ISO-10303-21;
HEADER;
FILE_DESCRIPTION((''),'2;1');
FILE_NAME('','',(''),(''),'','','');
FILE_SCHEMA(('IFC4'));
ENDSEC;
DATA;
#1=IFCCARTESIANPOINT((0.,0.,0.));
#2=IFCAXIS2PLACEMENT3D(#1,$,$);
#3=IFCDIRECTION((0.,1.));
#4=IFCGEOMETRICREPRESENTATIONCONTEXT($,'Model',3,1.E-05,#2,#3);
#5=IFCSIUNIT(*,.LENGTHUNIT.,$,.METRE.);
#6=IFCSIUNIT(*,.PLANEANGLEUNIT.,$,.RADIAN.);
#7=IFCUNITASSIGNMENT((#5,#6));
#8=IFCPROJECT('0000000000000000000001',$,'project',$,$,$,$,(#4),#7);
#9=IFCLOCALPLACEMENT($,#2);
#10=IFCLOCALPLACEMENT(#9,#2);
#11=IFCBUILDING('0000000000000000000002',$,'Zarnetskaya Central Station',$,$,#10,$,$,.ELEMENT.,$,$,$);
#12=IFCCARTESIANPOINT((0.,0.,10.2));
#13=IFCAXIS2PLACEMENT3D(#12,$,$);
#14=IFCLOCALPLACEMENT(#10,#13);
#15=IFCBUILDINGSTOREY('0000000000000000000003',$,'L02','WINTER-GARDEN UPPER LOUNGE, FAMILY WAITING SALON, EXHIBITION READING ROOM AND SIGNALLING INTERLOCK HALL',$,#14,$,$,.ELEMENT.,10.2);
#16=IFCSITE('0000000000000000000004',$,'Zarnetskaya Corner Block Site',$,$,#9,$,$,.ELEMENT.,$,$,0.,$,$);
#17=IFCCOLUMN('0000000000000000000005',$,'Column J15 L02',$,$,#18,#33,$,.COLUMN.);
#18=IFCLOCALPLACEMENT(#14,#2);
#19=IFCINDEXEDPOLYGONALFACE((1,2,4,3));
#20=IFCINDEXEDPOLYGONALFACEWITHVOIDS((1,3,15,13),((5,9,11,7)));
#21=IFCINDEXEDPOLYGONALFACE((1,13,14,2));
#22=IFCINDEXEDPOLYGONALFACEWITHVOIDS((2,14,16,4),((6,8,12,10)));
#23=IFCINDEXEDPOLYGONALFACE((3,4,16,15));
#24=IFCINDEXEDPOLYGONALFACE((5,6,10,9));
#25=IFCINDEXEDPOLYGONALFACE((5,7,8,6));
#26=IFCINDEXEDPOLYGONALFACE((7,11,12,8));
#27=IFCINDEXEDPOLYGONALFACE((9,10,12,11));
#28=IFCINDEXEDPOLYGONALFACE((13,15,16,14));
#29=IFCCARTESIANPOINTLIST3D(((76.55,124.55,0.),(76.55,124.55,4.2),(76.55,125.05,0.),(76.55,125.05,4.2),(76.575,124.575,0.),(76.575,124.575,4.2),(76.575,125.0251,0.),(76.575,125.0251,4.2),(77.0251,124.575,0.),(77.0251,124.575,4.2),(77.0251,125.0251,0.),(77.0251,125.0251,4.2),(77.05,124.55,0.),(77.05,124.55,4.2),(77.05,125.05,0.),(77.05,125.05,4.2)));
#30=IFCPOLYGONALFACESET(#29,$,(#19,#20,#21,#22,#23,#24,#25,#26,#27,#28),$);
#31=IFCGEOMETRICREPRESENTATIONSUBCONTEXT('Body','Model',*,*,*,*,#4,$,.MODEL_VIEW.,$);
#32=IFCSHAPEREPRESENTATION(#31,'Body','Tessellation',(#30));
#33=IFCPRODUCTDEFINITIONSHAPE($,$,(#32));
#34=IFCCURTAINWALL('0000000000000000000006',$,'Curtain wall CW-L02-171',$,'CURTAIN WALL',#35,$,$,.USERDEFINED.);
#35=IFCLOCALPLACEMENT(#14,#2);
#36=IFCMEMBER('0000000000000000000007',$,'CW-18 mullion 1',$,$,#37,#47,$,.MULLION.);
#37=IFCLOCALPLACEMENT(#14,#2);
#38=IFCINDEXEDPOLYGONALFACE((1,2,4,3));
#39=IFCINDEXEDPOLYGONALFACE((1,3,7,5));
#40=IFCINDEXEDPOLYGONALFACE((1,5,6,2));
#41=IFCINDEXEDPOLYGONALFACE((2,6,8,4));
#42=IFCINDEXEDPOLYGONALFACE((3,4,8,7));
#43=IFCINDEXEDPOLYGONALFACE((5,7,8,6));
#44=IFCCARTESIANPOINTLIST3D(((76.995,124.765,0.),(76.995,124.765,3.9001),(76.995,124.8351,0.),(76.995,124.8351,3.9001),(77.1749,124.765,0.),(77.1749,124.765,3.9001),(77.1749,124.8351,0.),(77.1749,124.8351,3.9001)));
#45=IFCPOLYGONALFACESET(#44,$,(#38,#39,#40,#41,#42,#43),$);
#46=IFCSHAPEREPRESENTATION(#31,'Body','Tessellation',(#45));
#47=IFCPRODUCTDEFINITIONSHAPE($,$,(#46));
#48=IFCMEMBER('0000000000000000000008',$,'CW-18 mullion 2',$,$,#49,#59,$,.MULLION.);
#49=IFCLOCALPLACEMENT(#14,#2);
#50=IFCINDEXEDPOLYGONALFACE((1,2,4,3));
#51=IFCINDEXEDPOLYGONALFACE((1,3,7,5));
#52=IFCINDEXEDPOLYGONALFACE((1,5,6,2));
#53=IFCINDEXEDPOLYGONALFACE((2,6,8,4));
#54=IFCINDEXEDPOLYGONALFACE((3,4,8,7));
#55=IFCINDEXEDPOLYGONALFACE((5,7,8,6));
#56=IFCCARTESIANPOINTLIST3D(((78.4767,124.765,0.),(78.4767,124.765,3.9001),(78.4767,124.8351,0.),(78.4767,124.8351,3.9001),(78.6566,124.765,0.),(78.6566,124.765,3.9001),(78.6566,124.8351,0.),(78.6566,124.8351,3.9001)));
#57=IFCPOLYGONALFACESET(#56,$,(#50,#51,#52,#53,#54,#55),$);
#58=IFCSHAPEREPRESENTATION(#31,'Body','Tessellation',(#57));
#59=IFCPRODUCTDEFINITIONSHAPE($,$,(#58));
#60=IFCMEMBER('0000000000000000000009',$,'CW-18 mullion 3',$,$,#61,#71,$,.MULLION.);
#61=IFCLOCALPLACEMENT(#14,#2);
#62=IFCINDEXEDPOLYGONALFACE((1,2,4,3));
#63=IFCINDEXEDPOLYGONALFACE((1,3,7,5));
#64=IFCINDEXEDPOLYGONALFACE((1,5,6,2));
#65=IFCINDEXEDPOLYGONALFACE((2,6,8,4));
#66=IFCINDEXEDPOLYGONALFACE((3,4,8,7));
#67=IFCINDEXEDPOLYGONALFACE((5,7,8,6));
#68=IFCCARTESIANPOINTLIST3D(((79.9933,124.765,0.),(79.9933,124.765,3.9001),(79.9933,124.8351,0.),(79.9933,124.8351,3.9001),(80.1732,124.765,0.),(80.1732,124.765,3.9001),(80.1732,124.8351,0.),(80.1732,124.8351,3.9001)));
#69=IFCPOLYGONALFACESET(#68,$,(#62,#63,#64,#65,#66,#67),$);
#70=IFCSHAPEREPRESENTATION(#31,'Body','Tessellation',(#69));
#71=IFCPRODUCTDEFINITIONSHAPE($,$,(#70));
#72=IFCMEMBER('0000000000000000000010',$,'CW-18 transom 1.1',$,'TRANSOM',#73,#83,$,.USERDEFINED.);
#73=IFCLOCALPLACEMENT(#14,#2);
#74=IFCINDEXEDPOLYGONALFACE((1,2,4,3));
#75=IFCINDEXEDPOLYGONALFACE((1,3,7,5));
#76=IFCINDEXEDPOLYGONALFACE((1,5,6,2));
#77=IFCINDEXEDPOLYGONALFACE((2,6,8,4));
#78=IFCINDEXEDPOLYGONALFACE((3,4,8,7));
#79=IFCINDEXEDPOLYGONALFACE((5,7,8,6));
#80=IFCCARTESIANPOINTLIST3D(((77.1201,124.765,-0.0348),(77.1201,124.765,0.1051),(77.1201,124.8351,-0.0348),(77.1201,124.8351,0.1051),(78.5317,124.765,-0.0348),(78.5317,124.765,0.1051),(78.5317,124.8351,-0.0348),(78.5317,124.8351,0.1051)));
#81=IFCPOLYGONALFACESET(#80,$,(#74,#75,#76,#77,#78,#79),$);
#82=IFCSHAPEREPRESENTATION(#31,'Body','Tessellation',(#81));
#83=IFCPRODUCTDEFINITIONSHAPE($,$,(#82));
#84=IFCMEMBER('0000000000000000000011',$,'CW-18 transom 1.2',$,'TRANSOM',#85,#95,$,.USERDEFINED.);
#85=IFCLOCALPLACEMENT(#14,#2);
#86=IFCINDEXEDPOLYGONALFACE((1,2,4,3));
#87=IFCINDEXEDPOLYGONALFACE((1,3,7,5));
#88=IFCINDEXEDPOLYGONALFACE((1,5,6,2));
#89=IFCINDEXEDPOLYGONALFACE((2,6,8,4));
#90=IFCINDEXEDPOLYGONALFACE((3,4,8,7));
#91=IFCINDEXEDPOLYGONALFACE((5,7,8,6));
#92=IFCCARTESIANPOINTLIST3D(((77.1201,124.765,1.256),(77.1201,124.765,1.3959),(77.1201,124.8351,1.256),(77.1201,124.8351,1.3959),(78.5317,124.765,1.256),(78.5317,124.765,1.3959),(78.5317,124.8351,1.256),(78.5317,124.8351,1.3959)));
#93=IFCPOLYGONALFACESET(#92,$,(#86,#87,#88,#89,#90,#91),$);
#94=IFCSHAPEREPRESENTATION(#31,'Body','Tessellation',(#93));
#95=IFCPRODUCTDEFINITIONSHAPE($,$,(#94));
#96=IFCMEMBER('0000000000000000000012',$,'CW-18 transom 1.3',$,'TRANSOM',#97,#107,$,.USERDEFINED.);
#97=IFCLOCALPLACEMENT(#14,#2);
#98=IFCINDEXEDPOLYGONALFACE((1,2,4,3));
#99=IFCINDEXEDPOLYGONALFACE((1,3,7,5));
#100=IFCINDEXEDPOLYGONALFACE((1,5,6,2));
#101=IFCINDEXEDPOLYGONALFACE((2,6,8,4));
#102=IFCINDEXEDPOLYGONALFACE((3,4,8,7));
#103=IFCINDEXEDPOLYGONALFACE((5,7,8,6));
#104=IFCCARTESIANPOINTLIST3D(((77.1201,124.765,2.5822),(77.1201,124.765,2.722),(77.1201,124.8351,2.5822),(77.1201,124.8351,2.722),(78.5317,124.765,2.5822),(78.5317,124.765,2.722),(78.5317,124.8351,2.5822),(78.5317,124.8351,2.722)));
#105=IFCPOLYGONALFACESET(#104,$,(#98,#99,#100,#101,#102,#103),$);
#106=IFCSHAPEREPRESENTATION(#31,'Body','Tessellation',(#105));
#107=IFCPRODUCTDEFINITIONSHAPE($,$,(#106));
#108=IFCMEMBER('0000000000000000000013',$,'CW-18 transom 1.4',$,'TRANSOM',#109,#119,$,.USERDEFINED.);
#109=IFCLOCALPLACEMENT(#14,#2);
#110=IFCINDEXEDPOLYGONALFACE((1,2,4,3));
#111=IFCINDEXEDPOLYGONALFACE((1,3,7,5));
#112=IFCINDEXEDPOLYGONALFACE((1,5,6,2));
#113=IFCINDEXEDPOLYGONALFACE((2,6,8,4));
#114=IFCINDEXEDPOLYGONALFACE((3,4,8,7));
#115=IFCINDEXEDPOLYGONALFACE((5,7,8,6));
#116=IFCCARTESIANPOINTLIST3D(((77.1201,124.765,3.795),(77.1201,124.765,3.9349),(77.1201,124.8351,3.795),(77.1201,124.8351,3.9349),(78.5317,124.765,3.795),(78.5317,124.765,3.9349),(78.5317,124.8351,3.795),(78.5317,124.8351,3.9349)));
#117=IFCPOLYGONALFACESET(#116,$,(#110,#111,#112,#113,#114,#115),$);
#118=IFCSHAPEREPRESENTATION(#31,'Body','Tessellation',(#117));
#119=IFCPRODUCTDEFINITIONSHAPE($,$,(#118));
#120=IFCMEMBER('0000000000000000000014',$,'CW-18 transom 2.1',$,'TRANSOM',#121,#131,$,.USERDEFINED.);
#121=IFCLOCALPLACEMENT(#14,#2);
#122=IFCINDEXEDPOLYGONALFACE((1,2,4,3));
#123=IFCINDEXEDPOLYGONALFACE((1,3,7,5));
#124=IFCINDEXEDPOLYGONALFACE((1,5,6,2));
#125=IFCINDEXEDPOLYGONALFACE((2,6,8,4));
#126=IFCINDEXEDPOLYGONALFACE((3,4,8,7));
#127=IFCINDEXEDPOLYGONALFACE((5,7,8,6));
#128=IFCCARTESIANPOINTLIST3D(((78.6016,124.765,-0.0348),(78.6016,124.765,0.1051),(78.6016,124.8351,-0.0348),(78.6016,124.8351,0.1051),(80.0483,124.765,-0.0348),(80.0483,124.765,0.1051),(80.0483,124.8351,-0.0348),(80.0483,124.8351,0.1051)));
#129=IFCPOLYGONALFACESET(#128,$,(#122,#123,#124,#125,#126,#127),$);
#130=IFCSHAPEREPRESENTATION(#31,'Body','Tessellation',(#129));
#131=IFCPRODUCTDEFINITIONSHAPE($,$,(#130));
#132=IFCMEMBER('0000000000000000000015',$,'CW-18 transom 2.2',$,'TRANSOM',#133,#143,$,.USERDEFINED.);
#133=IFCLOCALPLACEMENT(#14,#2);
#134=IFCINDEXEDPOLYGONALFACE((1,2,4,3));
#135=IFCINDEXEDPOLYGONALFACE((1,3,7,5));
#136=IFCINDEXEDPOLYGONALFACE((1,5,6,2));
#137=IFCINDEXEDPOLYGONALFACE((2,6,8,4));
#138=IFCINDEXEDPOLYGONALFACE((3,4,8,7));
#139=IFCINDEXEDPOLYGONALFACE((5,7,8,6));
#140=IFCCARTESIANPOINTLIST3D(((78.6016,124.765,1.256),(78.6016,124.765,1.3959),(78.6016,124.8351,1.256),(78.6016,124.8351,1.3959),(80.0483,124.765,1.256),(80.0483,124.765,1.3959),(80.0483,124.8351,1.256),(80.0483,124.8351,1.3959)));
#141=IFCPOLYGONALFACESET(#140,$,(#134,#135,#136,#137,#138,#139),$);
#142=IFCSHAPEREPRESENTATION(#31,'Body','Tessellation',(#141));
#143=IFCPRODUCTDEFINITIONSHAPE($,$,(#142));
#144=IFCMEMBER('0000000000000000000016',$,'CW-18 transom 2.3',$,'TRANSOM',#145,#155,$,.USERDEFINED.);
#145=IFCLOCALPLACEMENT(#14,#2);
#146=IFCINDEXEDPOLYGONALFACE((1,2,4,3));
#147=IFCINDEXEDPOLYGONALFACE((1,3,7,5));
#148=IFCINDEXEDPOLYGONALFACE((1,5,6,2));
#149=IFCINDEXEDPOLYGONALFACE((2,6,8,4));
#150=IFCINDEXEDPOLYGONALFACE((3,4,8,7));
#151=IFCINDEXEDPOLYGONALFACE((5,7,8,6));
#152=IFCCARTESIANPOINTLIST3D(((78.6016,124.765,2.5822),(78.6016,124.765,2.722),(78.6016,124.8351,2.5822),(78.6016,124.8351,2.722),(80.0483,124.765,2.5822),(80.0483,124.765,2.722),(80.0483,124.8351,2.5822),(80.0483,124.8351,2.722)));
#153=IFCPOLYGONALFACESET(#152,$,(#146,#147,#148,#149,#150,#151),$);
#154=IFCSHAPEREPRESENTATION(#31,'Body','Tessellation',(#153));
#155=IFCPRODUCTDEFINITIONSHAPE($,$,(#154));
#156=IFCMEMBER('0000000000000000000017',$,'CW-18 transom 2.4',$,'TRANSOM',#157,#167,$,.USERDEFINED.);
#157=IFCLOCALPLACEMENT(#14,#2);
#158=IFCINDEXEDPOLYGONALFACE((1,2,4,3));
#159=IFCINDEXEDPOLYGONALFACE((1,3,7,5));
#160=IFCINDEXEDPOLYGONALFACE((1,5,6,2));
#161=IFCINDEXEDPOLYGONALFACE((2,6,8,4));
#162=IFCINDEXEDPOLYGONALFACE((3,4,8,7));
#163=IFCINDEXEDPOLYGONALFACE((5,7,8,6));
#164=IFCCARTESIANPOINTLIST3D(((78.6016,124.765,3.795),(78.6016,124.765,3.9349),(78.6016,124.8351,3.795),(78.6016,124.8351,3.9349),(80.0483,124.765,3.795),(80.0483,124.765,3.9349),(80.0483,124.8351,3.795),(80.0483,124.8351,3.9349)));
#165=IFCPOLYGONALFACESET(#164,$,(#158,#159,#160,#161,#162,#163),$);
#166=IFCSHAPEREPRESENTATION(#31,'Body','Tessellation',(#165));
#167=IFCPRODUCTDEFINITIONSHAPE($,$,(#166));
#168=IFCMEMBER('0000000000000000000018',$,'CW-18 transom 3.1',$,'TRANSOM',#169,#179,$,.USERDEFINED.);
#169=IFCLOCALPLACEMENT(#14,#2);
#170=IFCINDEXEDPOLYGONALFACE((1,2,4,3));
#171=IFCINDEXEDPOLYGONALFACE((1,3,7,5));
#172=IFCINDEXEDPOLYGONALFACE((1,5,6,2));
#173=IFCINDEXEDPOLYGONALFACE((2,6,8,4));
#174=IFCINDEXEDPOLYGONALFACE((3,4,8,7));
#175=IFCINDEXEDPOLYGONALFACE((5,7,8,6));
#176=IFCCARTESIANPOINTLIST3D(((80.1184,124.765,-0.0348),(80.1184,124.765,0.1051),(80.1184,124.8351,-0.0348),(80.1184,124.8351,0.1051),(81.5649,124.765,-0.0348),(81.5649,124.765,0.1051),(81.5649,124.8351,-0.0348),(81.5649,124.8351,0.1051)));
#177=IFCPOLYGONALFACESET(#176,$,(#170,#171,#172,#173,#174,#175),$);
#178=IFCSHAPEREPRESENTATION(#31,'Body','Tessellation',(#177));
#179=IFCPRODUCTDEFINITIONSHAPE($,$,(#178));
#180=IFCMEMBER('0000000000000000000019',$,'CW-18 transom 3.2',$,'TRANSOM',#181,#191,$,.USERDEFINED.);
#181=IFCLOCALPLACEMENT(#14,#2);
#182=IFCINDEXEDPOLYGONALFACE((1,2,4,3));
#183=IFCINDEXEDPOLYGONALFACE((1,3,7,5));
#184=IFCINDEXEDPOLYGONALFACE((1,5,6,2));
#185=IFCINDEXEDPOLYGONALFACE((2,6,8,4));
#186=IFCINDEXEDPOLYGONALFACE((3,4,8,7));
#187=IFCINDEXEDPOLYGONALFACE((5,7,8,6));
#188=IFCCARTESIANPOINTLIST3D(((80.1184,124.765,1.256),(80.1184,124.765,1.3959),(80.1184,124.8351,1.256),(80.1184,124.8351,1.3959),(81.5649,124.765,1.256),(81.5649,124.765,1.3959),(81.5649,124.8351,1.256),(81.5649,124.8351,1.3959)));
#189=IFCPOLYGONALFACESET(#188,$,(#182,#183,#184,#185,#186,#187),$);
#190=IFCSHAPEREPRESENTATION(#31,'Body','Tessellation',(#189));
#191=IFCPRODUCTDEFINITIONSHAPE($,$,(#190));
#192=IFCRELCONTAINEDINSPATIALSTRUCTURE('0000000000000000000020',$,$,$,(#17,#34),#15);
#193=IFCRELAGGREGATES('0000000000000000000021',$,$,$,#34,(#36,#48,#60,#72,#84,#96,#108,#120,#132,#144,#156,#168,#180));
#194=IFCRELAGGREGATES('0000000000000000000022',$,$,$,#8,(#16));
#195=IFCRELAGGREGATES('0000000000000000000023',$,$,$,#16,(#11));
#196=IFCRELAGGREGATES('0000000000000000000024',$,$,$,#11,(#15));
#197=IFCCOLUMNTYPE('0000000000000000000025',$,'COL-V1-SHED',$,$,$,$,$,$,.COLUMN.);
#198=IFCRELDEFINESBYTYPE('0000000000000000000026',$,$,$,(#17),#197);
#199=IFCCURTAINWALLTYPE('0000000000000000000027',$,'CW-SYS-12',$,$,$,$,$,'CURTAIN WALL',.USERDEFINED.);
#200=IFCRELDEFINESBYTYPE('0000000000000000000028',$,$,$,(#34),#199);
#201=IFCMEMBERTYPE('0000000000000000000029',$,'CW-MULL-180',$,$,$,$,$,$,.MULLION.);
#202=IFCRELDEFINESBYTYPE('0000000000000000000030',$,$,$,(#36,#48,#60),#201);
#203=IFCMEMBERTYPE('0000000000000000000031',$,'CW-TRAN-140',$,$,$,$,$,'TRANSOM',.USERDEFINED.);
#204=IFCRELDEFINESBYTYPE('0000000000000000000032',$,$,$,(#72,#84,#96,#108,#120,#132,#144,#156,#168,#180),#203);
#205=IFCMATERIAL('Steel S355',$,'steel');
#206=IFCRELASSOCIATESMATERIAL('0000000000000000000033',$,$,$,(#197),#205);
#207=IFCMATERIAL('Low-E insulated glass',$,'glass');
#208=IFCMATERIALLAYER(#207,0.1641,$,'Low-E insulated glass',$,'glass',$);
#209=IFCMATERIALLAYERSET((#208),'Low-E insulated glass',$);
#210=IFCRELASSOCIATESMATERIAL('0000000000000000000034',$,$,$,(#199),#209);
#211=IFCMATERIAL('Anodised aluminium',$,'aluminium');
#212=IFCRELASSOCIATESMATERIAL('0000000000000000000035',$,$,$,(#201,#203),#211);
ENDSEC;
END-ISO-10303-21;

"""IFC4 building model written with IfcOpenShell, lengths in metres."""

from ifc_helpers import new_model, si_unit, direction, frame, origin, origin_2d, place, context, subcontext, project, spatial, rectangle, hollow_rectangle, extrude, material, layer, layer_set, material_profile, profile_set, type_object, element, aggregate, save


model = new_model("IFC4")

# Units and contexts
model_context = context("Model", 3, precision=1e-05, world=origin(), true_north=direction((0.0, 1.0)))
body_context = subcontext(model_context, "Body", "Model", "MODEL_VIEW")
ifc_project = project(units=[si_unit("LENGTHUNIT", "METRE"), si_unit("PLANEANGLEUNIT", "RADIAN")], contexts=[model_context])

# Site, building, storey
site_placement = place(None, origin())
site = spatial("IfcSite", under=ifc_project, at=site_placement, Name="Zarnetskaya Corner Block Site", CompositionType="ELEMENT", RefElevation=0.0)
building_placement = place(site_placement, origin())
building = spatial("IfcBuilding", under=site, at=building_placement, Name="Zarnetskaya Central Station", CompositionType="ELEMENT")
storey_placement = place(building_placement, frame((0.0, 0.0, 10.2)))
storey = spatial("IfcBuildingStorey", under=building, at=storey_placement, Name="L02", Description="WINTER-GARDEN UPPER LOUNGE, FAMILY WAITING SALON, EXHIBITION READING ROOM AND SIGNALLING INTERLOCK HALL", CompositionType="ELEMENT", Elevation=10.2)

# Column
ifc_material_1 = material(Name="Steel S355", Category="steel")
ifc_material_profile_1 = material_profile(ifc_material_1, hollow_rectangle(XDim=0.5, YDim=0.5, WallThickness=0.0249, at=origin_2d()), Name="BOX 500x500x25")
ifc_profile_set_1 = profile_set([ifc_material_profile_1], Name="Steel S355")
column_type = type_object("IfcColumnType", Name="COL-V1-SHED", PredefinedType="COLUMN", material=ifc_profile_set_1)
column_placement = place(storey_placement, frame((76.8, 124.8, 0.0), z_axis=(0.0, 0.0, 1.0), x_axis=(1.0, 0.0, 0.0)))
element("IfcColumn", 1, at=column_placement, inside=storey, type_object=column_type, Name="Column J15 L02", PredefinedType="COLUMN", context=body_context, shape_type="SweptSolid", body=[
    extrude(hollow_rectangle(XDim=0.5, YDim=0.5, WallThickness=0.0249, at=origin_2d()), origin(), (0.0, 0.0, 1.0), 4.2),
])

# Curtain wall, members
ifc_material_2 = material(Name="Low-E insulated glass", Category="glass")
ifc_layer_1 = layer(ifc_material_2, 0.1641, Name="Low-E insulated glass", Category="glass")
ifc_layer_set_1 = layer_set([ifc_layer_1], Name="Low-E insulated glass")
curtain_wall_type = type_object("IfcCurtainWallType", Name="CW-SYS-12", ElementType="CURTAIN WALL", PredefinedType="USERDEFINED", material=ifc_layer_set_1)
curtain_wall_placement = place(storey_placement, origin())
curtain_wall = element("IfcCurtainWall", 2, at=curtain_wall_placement, inside=storey, type_object=curtain_wall_type, Name="Curtain wall CW-L02-171", ObjectType="CURTAIN WALL", PredefinedType="USERDEFINED")
ifc_material_3 = material(Name="Anodised aluminium", Category="aluminium")
ifc_material_profile_2 = material_profile(ifc_material_3, rectangle(XDim=0.0701, YDim=0.1799, at=origin_2d()), Name="ALU MULL 70x180")
ifc_profile_set_2 = profile_set([ifc_material_profile_2], Name="Anodised aluminium")
member_type_1 = type_object("IfcMemberType", Name="CW-MULL-180", PredefinedType="MULLION", material=ifc_profile_set_2)
member_1_placement = place(storey_placement, frame((77.085, 124.8, 0.0), z_axis=(0.0, 0.0, 1.0), x_axis=(0.0, 1.0, 0.0)))
member_1 = element("IfcMember", 3, at=member_1_placement, type_object=member_type_1, Name="CW-18 mullion 1", PredefinedType="MULLION", context=body_context, shape_type="SweptSolid", body=[
    extrude(rectangle(XDim=0.0701, YDim=0.1799, at=origin_2d()), origin(), (0.0, 0.0, 1.0), 3.9001),
])
member_2_placement = place(storey_placement, frame((78.5667, 124.8, 0.0), z_axis=(0.0, 0.0, 1.0), x_axis=(0.0, 1.0, 0.0)))
member_2 = element("IfcMember", 4, at=member_2_placement, type_object=member_type_1, Name="CW-18 mullion 2", PredefinedType="MULLION", context=body_context, shape_type="SweptSolid", body=[
    extrude(rectangle(XDim=0.0701, YDim=0.1799, at=origin_2d()), origin(), (0.0, 0.0, 1.0), 3.9001),
])
member_3_placement = place(storey_placement, frame((80.0833, 124.8, 0.0), z_axis=(0.0, 0.0, 1.0), x_axis=(0.0, 1.0, 0.0)))
member_3 = element("IfcMember", 5, at=member_3_placement, type_object=member_type_1, Name="CW-18 mullion 3", PredefinedType="MULLION", context=body_context, shape_type="SweptSolid", body=[
    extrude(rectangle(XDim=0.0701, YDim=0.1799, at=origin_2d()), origin(), (0.0, 0.0, 1.0), 3.9001),
])
ifc_material_profile_3 = material_profile(ifc_material_3, rectangle(XDim=0.0701, YDim=0.1399, at=origin_2d()), Name="ALU TRAN 70x140")
ifc_profile_set_3 = profile_set([ifc_material_profile_3], Name="Anodised aluminium")
member_type_2 = type_object("IfcMemberType", Name="CW-TRAN-140", ElementType="TRANSOM", PredefinedType="USERDEFINED", material=ifc_profile_set_3)
member_4_placement = place(storey_placement, frame((77.1201, 124.8, 0.0352), z_axis=(1.0, 0.0, 0.0), x_axis=(0.0, 1.0, 0.0)))
member_4 = element("IfcMember", 6, at=member_4_placement, type_object=member_type_2, Name="CW-18 transom 1.1", ObjectType="TRANSOM", PredefinedType="USERDEFINED", context=body_context, shape_type="SweptSolid", body=[
    extrude(rectangle(XDim=0.0701, YDim=0.1399, at=origin_2d()), origin(), (0.0, 0.0, 1.0), 1.4116),
])
member_5_placement = place(storey_placement, frame((77.1201, 124.8, 1.3259), z_axis=(1.0, 0.0, 0.0), x_axis=(0.0, 1.0, 0.0)))
member_5 = element("IfcMember", 7, at=member_5_placement, type_object=member_type_2, Name="CW-18 transom 1.2", ObjectType="TRANSOM", PredefinedType="USERDEFINED", context=body_context, shape_type="SweptSolid", body=[
    extrude(rectangle(XDim=0.0701, YDim=0.1399, at=origin_2d()), origin(), (0.0, 0.0, 1.0), 1.4116),
])
member_6_placement = place(storey_placement, frame((77.1201, 124.8, 2.6521), z_axis=(1.0, 0.0, 0.0), x_axis=(0.0, 1.0, 0.0)))
member_6 = element("IfcMember", 8, at=member_6_placement, type_object=member_type_2, Name="CW-18 transom 1.3", ObjectType="TRANSOM", PredefinedType="USERDEFINED", context=body_context, shape_type="SweptSolid", body=[
    extrude(rectangle(XDim=0.0701, YDim=0.1399, at=origin_2d()), origin(), (0.0, 0.0, 1.0), 1.4116),
])
member_7_placement = place(storey_placement, frame((77.1201, 124.8, 3.865), z_axis=(1.0, 0.0, 0.0), x_axis=(0.0, 1.0, 0.0)))
member_7 = element("IfcMember", 9, at=member_7_placement, type_object=member_type_2, Name="CW-18 transom 1.4", ObjectType="TRANSOM", PredefinedType="USERDEFINED", context=body_context, shape_type="SweptSolid", body=[
    extrude(rectangle(XDim=0.0701, YDim=0.1399, at=origin_2d()), origin(), (0.0, 0.0, 1.0), 1.4116),
])
member_8_placement = place(storey_placement, frame((78.6016, 124.8, 0.0352), z_axis=(1.0, 0.0, 0.0), x_axis=(0.0, 1.0, 0.0)))
member_8 = element("IfcMember", 10, at=member_8_placement, type_object=member_type_2, Name="CW-18 transom 2.1", ObjectType="TRANSOM", PredefinedType="USERDEFINED", context=body_context, shape_type="SweptSolid", body=[
    extrude(rectangle(XDim=0.0701, YDim=0.1399, at=origin_2d()), origin(), (0.0, 0.0, 1.0), 1.4468),
])
member_9_placement = place(storey_placement, frame((78.6016, 124.8, 1.3259), z_axis=(1.0, 0.0, 0.0), x_axis=(0.0, 1.0, 0.0)))
member_9 = element("IfcMember", 11, at=member_9_placement, type_object=member_type_2, Name="CW-18 transom 2.2", ObjectType="TRANSOM", PredefinedType="USERDEFINED", context=body_context, shape_type="SweptSolid", body=[
    extrude(rectangle(XDim=0.0701, YDim=0.1399, at=origin_2d()), origin(), (0.0, 0.0, 1.0), 1.4468),
])
member_10_placement = place(storey_placement, frame((78.6016, 124.8, 2.6521), z_axis=(1.0, 0.0, 0.0), x_axis=(0.0, 1.0, 0.0)))
member_10 = element("IfcMember", 12, at=member_10_placement, type_object=member_type_2, Name="CW-18 transom 2.3", ObjectType="TRANSOM", PredefinedType="USERDEFINED", context=body_context, shape_type="SweptSolid", body=[
    extrude(rectangle(XDim=0.0701, YDim=0.1399, at=origin_2d()), origin(), (0.0, 0.0, 1.0), 1.4468),
])
member_11_placement = place(storey_placement, frame((78.6016, 124.8, 3.865), z_axis=(1.0, 0.0, 0.0), x_axis=(0.0, 1.0, 0.0)))
member_11 = element("IfcMember", 13, at=member_11_placement, type_object=member_type_2, Name="CW-18 transom 2.4", ObjectType="TRANSOM", PredefinedType="USERDEFINED", context=body_context, shape_type="SweptSolid", body=[
    extrude(rectangle(XDim=0.0701, YDim=0.1399, at=origin_2d()), origin(), (0.0, 0.0, 1.0), 1.4468),
])
member_12_placement = place(storey_placement, frame((80.1184, 124.8, 0.0352), z_axis=(1.0, 0.0, 0.0), x_axis=(0.0, 1.0, 0.0)))
member_12 = element("IfcMember", 14, at=member_12_placement, type_object=member_type_2, Name="CW-18 transom 3.1", ObjectType="TRANSOM", PredefinedType="USERDEFINED", context=body_context, shape_type="SweptSolid", body=[
    extrude(rectangle(XDim=0.0701, YDim=0.1399, at=origin_2d()), origin(), (0.0, 0.0, 1.0), 1.4465),
])
member_13_placement = place(storey_placement, frame((80.1184, 124.8, 1.3259), z_axis=(1.0, 0.0, 0.0), x_axis=(0.0, 1.0, 0.0)))
member_13 = element("IfcMember", 15, at=member_13_placement, type_object=member_type_2, Name="CW-18 transom 3.2", ObjectType="TRANSOM", PredefinedType="USERDEFINED", context=body_context, shape_type="SweptSolid", body=[
    extrude(rectangle(XDim=0.0701, YDim=0.1399, at=origin_2d()), origin(), (0.0, 0.0, 1.0), 1.4465),
])
aggregate(curtain_wall, [member_1, member_2, member_3, member_4, member_5, member_6, member_7, member_8, member_9, member_10, member_11, member_12, member_13])

save(model, "model.ifc")
